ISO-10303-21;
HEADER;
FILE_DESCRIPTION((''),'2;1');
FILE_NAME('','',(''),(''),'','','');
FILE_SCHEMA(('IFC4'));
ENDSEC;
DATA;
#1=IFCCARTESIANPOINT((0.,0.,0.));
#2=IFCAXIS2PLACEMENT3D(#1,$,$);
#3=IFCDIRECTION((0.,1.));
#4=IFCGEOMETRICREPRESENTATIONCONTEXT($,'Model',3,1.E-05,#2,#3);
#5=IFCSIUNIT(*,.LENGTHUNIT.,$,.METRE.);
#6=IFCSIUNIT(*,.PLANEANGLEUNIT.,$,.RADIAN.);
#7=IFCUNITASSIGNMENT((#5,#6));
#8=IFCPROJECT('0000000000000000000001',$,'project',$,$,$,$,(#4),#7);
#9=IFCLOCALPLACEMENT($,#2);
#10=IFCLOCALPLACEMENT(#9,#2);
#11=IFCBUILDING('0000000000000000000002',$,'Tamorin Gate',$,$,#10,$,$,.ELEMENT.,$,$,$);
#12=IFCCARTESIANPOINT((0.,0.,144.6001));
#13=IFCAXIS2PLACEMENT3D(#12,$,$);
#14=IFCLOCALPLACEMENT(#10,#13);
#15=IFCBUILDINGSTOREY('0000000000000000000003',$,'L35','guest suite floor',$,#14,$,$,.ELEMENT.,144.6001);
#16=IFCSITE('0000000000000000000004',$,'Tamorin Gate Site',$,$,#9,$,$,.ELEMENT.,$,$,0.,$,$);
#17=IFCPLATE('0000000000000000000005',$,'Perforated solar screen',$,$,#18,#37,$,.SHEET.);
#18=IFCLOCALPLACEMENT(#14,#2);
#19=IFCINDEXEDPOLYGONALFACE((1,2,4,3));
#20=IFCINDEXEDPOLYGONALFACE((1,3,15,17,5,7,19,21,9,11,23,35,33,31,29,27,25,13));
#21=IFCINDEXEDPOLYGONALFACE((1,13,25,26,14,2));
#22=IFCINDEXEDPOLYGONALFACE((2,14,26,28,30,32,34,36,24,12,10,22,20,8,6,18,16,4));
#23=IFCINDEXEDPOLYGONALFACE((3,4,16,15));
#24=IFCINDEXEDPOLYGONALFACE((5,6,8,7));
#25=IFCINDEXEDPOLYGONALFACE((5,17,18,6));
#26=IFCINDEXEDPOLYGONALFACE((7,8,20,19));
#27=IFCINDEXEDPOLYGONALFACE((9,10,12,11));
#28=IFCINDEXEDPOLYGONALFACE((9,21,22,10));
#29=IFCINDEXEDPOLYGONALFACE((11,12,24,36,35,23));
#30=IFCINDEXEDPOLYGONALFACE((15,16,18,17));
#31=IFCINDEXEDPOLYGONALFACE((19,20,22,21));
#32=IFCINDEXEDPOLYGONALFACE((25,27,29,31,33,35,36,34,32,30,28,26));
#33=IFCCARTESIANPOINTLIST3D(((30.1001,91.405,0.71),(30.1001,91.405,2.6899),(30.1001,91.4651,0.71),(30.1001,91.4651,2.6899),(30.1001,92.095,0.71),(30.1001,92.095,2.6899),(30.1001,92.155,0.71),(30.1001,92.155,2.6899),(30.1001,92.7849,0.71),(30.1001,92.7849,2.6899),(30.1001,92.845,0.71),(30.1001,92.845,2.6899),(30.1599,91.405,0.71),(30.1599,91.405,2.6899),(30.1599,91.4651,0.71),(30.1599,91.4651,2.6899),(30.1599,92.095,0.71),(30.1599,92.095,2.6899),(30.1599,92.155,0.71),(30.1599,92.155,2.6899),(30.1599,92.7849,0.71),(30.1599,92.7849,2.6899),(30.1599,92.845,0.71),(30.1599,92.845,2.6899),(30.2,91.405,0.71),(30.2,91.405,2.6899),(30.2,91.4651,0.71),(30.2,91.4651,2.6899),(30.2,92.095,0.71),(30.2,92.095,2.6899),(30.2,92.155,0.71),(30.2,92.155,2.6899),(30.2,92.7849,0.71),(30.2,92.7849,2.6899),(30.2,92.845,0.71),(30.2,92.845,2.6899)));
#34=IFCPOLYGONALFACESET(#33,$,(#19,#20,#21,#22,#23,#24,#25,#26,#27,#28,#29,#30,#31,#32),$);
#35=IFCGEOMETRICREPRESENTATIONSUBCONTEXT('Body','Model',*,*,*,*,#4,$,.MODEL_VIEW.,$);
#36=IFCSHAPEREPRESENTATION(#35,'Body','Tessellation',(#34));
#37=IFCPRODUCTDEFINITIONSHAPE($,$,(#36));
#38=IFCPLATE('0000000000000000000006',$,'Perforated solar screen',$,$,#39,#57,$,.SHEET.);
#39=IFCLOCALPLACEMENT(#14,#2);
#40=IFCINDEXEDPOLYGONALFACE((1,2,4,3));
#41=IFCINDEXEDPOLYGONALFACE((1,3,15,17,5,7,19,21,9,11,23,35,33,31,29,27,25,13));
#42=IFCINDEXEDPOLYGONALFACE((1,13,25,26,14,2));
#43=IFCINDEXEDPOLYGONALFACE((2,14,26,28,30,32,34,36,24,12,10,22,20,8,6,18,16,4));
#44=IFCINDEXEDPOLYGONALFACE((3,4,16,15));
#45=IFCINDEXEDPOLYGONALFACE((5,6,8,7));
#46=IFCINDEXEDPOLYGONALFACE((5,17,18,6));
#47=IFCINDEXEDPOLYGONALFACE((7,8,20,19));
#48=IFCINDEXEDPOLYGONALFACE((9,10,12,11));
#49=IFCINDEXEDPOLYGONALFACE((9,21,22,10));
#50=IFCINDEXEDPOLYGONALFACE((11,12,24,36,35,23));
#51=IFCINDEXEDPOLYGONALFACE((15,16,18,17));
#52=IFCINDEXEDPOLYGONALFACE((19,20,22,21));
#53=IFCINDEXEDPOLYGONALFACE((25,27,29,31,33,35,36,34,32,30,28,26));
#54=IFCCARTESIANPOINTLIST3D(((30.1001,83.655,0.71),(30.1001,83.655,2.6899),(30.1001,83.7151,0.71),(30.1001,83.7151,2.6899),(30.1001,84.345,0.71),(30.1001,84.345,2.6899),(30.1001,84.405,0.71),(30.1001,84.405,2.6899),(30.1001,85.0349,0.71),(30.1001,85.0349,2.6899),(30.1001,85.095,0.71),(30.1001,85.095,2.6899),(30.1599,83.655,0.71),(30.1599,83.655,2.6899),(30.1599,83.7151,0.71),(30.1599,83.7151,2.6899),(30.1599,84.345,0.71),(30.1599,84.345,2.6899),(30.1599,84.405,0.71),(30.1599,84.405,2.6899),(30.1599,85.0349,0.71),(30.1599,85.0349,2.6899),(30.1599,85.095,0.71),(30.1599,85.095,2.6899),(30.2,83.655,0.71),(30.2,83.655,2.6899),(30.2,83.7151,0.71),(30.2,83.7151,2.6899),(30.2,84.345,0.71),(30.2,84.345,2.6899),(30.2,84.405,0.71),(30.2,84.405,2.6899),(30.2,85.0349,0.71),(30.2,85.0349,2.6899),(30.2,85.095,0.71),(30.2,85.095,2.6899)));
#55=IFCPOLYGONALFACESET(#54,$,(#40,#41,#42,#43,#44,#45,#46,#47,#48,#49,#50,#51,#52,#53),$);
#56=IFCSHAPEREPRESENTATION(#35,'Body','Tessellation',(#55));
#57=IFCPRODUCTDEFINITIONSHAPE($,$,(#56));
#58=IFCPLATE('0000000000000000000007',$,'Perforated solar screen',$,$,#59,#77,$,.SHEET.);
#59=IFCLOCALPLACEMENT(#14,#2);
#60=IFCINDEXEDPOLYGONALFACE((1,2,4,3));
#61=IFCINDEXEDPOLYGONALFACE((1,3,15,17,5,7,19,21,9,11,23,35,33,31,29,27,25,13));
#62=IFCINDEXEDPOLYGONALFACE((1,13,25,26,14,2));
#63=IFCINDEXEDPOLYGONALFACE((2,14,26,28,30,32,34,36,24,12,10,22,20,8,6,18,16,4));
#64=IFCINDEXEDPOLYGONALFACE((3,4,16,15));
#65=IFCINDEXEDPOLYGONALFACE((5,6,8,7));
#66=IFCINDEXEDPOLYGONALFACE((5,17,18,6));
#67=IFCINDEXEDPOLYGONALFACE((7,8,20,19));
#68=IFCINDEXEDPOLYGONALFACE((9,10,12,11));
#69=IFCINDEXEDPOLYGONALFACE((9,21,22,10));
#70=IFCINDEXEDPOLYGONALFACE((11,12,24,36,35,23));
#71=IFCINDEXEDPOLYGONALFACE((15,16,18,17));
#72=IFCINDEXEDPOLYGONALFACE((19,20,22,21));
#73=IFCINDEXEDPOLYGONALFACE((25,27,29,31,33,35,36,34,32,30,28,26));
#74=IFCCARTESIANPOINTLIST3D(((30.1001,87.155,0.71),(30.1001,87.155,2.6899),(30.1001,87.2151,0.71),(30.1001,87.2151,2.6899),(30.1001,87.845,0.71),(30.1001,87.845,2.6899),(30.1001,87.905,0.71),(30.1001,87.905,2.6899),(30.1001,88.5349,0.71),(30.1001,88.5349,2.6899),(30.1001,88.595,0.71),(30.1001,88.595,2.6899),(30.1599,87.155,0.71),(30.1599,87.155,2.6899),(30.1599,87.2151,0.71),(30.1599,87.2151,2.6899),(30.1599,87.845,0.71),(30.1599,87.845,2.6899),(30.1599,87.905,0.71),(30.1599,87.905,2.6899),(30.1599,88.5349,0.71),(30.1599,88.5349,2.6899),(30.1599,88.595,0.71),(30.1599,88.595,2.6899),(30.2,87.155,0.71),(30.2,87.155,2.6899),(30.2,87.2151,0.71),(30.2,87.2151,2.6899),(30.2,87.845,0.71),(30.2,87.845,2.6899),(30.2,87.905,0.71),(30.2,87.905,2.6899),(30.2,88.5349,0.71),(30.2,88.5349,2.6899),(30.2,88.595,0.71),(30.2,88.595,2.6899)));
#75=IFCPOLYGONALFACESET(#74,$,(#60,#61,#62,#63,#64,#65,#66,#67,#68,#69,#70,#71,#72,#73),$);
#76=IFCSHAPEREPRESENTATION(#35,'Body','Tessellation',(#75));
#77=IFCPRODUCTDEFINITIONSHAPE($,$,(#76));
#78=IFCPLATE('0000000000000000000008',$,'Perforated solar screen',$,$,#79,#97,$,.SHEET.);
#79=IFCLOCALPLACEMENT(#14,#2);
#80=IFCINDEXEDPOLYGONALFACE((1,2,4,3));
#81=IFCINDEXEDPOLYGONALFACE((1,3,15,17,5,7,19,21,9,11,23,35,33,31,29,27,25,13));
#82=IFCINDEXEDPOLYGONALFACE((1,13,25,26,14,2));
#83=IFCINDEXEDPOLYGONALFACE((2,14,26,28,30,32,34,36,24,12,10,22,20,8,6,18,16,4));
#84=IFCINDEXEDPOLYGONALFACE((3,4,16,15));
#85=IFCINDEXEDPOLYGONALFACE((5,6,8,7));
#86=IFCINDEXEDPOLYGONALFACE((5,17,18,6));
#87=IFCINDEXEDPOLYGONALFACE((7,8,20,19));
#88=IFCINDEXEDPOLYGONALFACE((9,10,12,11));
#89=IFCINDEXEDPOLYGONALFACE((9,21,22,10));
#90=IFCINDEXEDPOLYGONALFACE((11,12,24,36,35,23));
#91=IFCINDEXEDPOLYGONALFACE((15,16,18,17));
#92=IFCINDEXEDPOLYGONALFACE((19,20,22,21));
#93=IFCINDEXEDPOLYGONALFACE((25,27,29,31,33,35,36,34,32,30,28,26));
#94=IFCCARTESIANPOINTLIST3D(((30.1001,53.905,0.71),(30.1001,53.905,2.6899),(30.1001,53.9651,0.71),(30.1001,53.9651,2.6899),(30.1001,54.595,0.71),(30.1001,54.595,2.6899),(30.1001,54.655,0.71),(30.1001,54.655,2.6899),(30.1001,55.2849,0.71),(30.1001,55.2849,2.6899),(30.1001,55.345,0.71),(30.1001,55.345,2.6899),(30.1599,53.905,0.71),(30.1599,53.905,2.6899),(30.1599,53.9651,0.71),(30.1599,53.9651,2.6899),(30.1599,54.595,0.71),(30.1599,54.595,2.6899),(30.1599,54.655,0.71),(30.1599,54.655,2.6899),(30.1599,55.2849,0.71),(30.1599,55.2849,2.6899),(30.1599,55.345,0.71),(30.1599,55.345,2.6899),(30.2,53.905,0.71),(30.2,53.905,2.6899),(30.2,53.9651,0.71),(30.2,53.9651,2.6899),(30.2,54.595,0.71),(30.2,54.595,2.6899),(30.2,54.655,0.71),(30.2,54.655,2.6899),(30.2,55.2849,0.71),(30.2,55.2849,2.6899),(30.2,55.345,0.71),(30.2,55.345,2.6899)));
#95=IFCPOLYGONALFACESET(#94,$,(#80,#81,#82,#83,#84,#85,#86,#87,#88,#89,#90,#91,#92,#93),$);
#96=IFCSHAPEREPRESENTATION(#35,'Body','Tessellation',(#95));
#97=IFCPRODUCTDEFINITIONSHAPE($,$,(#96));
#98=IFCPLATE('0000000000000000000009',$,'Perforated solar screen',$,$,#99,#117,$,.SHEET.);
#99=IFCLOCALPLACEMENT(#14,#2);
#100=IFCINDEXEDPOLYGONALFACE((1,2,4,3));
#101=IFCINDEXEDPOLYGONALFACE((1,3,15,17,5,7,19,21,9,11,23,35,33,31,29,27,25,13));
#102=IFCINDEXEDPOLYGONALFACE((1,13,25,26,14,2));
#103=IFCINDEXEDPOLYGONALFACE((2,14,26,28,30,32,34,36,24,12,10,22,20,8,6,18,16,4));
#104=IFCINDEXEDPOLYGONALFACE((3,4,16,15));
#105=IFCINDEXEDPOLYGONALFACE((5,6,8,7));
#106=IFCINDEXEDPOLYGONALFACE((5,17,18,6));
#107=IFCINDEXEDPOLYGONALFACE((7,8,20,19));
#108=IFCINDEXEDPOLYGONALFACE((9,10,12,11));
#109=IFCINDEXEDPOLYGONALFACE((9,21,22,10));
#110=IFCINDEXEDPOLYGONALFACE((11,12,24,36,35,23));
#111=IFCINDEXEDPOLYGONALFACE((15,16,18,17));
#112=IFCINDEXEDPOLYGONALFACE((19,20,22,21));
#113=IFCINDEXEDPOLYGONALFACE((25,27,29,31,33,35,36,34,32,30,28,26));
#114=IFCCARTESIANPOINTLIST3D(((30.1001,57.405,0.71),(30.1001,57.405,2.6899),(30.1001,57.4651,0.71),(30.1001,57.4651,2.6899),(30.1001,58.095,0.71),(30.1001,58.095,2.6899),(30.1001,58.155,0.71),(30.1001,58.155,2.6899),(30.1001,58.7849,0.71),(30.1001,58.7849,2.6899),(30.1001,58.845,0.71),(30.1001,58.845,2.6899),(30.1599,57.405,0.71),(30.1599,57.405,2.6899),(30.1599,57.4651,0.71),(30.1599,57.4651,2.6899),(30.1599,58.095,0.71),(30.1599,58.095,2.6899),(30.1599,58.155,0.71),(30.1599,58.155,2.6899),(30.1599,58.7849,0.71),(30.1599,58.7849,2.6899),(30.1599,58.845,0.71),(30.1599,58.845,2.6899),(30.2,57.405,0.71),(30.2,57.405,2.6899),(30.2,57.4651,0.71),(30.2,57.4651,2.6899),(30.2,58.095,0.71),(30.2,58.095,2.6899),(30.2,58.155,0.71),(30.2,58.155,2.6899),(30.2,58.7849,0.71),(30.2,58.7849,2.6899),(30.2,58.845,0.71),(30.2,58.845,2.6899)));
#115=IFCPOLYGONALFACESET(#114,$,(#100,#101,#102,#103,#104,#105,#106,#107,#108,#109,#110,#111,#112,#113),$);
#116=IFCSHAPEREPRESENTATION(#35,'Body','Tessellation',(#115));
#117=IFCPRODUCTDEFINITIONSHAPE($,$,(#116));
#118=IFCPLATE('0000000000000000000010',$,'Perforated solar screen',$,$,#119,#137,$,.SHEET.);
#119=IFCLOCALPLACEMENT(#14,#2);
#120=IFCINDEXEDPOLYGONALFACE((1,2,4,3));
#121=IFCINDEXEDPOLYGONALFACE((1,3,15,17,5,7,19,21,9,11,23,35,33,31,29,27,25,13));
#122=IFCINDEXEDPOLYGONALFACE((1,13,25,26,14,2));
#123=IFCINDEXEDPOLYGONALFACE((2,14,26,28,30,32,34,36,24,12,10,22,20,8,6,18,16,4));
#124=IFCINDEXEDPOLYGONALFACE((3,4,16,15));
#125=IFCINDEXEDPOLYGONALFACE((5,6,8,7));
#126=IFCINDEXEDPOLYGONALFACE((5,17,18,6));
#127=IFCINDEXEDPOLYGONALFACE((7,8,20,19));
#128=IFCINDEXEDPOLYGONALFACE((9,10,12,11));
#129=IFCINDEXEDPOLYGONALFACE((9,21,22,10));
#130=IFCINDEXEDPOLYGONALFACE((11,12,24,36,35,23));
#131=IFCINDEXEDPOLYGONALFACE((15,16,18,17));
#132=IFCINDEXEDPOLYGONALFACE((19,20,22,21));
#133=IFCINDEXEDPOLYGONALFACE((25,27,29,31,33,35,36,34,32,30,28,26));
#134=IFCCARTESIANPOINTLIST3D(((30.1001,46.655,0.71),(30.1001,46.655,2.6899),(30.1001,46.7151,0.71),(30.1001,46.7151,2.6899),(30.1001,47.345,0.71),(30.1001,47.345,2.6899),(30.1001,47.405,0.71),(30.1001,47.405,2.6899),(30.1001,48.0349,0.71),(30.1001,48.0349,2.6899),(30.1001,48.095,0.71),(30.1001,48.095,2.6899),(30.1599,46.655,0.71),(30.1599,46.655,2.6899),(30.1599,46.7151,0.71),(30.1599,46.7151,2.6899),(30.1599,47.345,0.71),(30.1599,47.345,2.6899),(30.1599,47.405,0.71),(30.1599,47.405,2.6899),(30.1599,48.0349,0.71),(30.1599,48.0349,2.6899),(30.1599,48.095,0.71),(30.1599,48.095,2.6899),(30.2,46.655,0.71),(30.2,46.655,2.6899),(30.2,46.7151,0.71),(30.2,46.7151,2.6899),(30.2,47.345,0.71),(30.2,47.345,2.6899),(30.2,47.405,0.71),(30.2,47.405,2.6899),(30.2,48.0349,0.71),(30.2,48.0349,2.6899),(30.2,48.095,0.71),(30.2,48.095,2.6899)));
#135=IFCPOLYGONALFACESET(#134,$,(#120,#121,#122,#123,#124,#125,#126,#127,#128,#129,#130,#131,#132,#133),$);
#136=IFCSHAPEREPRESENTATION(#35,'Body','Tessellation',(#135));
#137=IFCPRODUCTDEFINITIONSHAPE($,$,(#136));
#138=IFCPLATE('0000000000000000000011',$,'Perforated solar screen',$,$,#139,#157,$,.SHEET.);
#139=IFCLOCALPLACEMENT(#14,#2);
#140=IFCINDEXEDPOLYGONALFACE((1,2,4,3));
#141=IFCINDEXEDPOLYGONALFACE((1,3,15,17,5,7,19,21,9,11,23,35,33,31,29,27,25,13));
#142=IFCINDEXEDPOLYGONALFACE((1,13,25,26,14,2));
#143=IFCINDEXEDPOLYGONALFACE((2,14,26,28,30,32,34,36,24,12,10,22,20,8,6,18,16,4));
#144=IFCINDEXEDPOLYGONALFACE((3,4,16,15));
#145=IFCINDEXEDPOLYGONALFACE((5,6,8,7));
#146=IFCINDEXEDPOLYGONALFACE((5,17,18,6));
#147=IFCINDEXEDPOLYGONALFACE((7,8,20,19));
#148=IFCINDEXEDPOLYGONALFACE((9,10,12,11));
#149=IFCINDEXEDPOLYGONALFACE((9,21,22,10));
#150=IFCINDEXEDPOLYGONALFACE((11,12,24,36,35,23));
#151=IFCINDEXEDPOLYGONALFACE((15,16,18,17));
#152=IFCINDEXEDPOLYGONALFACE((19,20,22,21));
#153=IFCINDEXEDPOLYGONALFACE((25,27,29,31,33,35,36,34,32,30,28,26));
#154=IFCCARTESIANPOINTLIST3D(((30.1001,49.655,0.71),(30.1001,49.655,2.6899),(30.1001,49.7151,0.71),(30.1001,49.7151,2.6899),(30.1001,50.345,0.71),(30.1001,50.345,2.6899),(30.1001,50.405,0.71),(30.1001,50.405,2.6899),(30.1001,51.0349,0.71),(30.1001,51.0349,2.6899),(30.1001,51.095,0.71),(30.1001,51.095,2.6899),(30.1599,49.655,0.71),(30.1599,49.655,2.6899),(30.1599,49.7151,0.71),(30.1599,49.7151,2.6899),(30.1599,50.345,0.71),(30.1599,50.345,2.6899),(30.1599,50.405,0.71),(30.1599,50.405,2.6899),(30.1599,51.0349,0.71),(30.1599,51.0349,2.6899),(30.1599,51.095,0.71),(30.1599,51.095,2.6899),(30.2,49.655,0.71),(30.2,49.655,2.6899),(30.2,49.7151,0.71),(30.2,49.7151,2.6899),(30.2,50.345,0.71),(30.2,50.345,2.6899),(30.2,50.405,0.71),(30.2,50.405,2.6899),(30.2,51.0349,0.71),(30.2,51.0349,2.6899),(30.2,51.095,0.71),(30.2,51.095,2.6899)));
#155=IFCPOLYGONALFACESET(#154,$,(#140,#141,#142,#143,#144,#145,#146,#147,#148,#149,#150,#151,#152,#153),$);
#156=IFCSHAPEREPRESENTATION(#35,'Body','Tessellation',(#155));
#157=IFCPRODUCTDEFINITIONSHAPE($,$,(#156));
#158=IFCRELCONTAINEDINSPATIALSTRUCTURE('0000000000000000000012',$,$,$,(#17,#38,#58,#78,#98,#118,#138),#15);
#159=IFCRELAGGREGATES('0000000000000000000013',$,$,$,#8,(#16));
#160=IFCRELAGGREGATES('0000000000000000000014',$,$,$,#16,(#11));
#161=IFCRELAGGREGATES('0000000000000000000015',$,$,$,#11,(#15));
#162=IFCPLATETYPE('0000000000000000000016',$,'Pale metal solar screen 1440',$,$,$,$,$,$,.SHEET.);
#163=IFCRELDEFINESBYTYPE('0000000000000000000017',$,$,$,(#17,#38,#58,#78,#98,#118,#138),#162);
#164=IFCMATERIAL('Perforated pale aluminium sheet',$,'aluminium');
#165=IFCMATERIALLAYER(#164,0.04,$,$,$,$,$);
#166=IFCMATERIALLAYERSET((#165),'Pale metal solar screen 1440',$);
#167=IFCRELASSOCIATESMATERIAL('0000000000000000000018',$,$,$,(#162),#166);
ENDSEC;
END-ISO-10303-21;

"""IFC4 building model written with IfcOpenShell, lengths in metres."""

from ifc_helpers import new_model, si_unit, direction, frame, origin, place, context, subcontext, project, spatial, polyline, outline, extrude, material, layer, layer_set, type_object, element, save


model = new_model("IFC4")

# Units and contexts
model_context = context("Model", 3, precision=1e-05, world=origin(), true_north=direction((0.0, 1.0)))
body_context = subcontext(model_context, "Body", "Model", "MODEL_VIEW")
ifc_project = project(units=[si_unit("LENGTHUNIT", "METRE"), si_unit("PLANEANGLEUNIT", "RADIAN")], contexts=[model_context])

# Site, building, storey
site_placement = place(None, origin())
site = spatial("IfcSite", under=ifc_project, at=site_placement, Name="Tamorin Gate Site", CompositionType="ELEMENT", RefElevation=0.0)
building_placement = place(site_placement, origin())
building = spatial("IfcBuilding", under=site, at=building_placement, Name="Tamorin Gate", CompositionType="ELEMENT")
storey_placement = place(building_placement, frame((0.0, 0.0, 144.6001)))
storey = spatial("IfcBuildingStorey", under=building, at=storey_placement, Name="L35", Description="guest suite floor", CompositionType="ELEMENT", Elevation=144.6001)

# Plates
ifc_material_1 = material(Name="Perforated pale aluminium sheet", Category="aluminium")
ifc_layer_1 = layer(ifc_material_1, 0.04)
ifc_layer_set_1 = layer_set([ifc_layer_1], Name="Pale metal solar screen 1440")
plate_type_1 = type_object("IfcPlateType", Name="Pale metal solar screen 1440", PredefinedType="SHEET", material=ifc_layer_set_1)
plate_1_placement = place(storey_placement, frame((0.0, 0.0, 0.71)))
element("IfcPlate", 1, at=plate_1_placement, inside=storey, type_object=plate_type_1, Name="Perforated solar screen", PredefinedType="SHEET", context=body_context, shape_type="SweptSolid", body=[
    extrude(outline(polyline([(30.1599, 92.845), (30.2, 92.845), (30.2, 92.7849), (30.2, 92.155), (30.2, 92.095), (30.2, 91.4651), (30.2, 91.405), (30.2, 91.405), (30.1599, 91.405), (30.1599, 91.405), (30.1001, 91.405), (30.1001, 91.4651), (30.1599, 91.4651), (30.1599, 92.095), (30.1001, 92.095), (30.1001, 92.155), (30.1599, 92.155), (30.1599, 92.7849), (30.1001, 92.7849), (30.1001, 92.845), (30.1599, 92.845)])), origin(), (0.0, 0.0, 1.0), 1.98),
])
plate_2_placement = place(storey_placement, frame((0.0, 0.0, 0.71)))
element("IfcPlate", 2, at=plate_2_placement, inside=storey, type_object=plate_type_1, Name="Perforated solar screen", PredefinedType="SHEET", context=body_context, shape_type="SweptSolid", body=[
    extrude(outline(polyline([(30.1599, 85.095), (30.2, 85.095), (30.2, 85.0349), (30.2, 84.405), (30.2, 84.345), (30.2, 83.7151), (30.2, 83.655), (30.1599, 83.655), (30.1001, 83.655), (30.1001, 83.7151), (30.1599, 83.7151), (30.1599, 84.345), (30.1001, 84.345), (30.1001, 84.405), (30.1599, 84.405), (30.1599, 85.0349), (30.1001, 85.0349), (30.1001, 85.095), (30.1599, 85.095)])), origin(), (0.0, 0.0, 1.0), 1.98),
])
plate_3_placement = place(storey_placement, frame((0.0, 0.0, 0.71)))
element("IfcPlate", 3, at=plate_3_placement, inside=storey, type_object=plate_type_1, Name="Perforated solar screen", PredefinedType="SHEET", context=body_context, shape_type="SweptSolid", body=[
    extrude(outline(polyline([(30.1599, 88.595), (30.2, 88.595), (30.2, 88.5349), (30.2, 87.905), (30.2, 87.845), (30.2, 87.2151), (30.2, 87.155), (30.1599, 87.155), (30.1001, 87.155), (30.1001, 87.2151), (30.1599, 87.2151), (30.1599, 87.845), (30.1001, 87.845), (30.1001, 87.905), (30.1599, 87.905), (30.1599, 88.5349), (30.1001, 88.5349), (30.1001, 88.595), (30.1599, 88.595)])), origin(), (0.0, 0.0, 1.0), 1.98),
])
plate_4_placement = place(storey_placement, frame((0.0, 0.0, 0.71)))
element("IfcPlate", 4, at=plate_4_placement, inside=storey, type_object=plate_type_1, Name="Perforated solar screen", PredefinedType="SHEET", context=body_context, shape_type="SweptSolid", body=[
    extrude(outline(polyline([(30.1599, 55.345), (30.2, 55.345), (30.2, 55.2849), (30.2, 54.655), (30.2, 54.595), (30.2, 53.9651), (30.2, 53.905), (30.1599, 53.905), (30.1001, 53.905), (30.1001, 53.9651), (30.1599, 53.9651), (30.1599, 54.595), (30.1001, 54.595), (30.1001, 54.655), (30.1599, 54.655), (30.1599, 55.2849), (30.1001, 55.2849), (30.1001, 55.345), (30.1599, 55.345)])), origin(), (0.0, 0.0, 1.0), 1.98),
])
plate_5_placement = place(storey_placement, frame((0.0, 0.0, 0.71)))
element("IfcPlate", 5, at=plate_5_placement, inside=storey, type_object=plate_type_1, Name="Perforated solar screen", PredefinedType="SHEET", context=body_context, shape_type="SweptSolid", body=[
    extrude(outline(polyline([(30.1599, 58.845), (30.2, 58.845), (30.2, 58.7849), (30.2, 58.155), (30.2, 58.095), (30.2, 57.4651), (30.2, 57.405), (30.1599, 57.405), (30.1001, 57.405), (30.1001, 57.4651), (30.1599, 57.4651), (30.1599, 58.095), (30.1001, 58.095), (30.1001, 58.155), (30.1599, 58.155), (30.1599, 58.7849), (30.1001, 58.7849), (30.1001, 58.845), (30.1599, 58.845)])), origin(), (0.0, 0.0, 1.0), 1.98),
])
plate_6_placement = place(storey_placement, frame((0.0, 0.0, 0.71)))
element("IfcPlate", 6, at=plate_6_placement, inside=storey, type_object=plate_type_1, Name="Perforated solar screen", PredefinedType="SHEET", context=body_context, shape_type="SweptSolid", body=[
    extrude(outline(polyline([(30.1599, 48.095), (30.2, 48.095), (30.2, 48.0349), (30.2, 47.405), (30.2, 47.345), (30.2, 46.7151), (30.2, 46.655), (30.1599, 46.655), (30.1001, 46.655), (30.1001, 46.7151), (30.1599, 46.7151), (30.1599, 47.345), (30.1001, 47.345), (30.1001, 47.405), (30.1599, 47.405), (30.1599, 48.0349), (30.1001, 48.0349), (30.1001, 48.095), (30.1599, 48.095)])), origin(), (0.0, 0.0, 1.0), 1.98),
])
plate_7_placement = place(storey_placement, frame((0.0, 0.0, 0.71)))
element("IfcPlate", 7, at=plate_7_placement, inside=storey, type_object=plate_type_1, Name="Perforated solar screen", PredefinedType="SHEET", context=body_context, shape_type="SweptSolid", body=[
    extrude(outline(polyline([(30.1599, 51.095), (30.2, 51.095), (30.2, 51.0349), (30.2, 50.405), (30.2, 50.345), (30.2, 49.7151), (30.2, 49.655), (30.1599, 49.655), (30.1001, 49.655), (30.1001, 49.7151), (30.1599, 49.7151), (30.1599, 50.345), (30.1001, 50.345), (30.1001, 50.405), (30.1599, 50.405), (30.1599, 51.0349), (30.1001, 51.0349), (30.1001, 51.095), (30.1599, 51.095)])), origin(), (0.0, 0.0, 1.0), 1.98),
])

save(model, "model.ifc")
